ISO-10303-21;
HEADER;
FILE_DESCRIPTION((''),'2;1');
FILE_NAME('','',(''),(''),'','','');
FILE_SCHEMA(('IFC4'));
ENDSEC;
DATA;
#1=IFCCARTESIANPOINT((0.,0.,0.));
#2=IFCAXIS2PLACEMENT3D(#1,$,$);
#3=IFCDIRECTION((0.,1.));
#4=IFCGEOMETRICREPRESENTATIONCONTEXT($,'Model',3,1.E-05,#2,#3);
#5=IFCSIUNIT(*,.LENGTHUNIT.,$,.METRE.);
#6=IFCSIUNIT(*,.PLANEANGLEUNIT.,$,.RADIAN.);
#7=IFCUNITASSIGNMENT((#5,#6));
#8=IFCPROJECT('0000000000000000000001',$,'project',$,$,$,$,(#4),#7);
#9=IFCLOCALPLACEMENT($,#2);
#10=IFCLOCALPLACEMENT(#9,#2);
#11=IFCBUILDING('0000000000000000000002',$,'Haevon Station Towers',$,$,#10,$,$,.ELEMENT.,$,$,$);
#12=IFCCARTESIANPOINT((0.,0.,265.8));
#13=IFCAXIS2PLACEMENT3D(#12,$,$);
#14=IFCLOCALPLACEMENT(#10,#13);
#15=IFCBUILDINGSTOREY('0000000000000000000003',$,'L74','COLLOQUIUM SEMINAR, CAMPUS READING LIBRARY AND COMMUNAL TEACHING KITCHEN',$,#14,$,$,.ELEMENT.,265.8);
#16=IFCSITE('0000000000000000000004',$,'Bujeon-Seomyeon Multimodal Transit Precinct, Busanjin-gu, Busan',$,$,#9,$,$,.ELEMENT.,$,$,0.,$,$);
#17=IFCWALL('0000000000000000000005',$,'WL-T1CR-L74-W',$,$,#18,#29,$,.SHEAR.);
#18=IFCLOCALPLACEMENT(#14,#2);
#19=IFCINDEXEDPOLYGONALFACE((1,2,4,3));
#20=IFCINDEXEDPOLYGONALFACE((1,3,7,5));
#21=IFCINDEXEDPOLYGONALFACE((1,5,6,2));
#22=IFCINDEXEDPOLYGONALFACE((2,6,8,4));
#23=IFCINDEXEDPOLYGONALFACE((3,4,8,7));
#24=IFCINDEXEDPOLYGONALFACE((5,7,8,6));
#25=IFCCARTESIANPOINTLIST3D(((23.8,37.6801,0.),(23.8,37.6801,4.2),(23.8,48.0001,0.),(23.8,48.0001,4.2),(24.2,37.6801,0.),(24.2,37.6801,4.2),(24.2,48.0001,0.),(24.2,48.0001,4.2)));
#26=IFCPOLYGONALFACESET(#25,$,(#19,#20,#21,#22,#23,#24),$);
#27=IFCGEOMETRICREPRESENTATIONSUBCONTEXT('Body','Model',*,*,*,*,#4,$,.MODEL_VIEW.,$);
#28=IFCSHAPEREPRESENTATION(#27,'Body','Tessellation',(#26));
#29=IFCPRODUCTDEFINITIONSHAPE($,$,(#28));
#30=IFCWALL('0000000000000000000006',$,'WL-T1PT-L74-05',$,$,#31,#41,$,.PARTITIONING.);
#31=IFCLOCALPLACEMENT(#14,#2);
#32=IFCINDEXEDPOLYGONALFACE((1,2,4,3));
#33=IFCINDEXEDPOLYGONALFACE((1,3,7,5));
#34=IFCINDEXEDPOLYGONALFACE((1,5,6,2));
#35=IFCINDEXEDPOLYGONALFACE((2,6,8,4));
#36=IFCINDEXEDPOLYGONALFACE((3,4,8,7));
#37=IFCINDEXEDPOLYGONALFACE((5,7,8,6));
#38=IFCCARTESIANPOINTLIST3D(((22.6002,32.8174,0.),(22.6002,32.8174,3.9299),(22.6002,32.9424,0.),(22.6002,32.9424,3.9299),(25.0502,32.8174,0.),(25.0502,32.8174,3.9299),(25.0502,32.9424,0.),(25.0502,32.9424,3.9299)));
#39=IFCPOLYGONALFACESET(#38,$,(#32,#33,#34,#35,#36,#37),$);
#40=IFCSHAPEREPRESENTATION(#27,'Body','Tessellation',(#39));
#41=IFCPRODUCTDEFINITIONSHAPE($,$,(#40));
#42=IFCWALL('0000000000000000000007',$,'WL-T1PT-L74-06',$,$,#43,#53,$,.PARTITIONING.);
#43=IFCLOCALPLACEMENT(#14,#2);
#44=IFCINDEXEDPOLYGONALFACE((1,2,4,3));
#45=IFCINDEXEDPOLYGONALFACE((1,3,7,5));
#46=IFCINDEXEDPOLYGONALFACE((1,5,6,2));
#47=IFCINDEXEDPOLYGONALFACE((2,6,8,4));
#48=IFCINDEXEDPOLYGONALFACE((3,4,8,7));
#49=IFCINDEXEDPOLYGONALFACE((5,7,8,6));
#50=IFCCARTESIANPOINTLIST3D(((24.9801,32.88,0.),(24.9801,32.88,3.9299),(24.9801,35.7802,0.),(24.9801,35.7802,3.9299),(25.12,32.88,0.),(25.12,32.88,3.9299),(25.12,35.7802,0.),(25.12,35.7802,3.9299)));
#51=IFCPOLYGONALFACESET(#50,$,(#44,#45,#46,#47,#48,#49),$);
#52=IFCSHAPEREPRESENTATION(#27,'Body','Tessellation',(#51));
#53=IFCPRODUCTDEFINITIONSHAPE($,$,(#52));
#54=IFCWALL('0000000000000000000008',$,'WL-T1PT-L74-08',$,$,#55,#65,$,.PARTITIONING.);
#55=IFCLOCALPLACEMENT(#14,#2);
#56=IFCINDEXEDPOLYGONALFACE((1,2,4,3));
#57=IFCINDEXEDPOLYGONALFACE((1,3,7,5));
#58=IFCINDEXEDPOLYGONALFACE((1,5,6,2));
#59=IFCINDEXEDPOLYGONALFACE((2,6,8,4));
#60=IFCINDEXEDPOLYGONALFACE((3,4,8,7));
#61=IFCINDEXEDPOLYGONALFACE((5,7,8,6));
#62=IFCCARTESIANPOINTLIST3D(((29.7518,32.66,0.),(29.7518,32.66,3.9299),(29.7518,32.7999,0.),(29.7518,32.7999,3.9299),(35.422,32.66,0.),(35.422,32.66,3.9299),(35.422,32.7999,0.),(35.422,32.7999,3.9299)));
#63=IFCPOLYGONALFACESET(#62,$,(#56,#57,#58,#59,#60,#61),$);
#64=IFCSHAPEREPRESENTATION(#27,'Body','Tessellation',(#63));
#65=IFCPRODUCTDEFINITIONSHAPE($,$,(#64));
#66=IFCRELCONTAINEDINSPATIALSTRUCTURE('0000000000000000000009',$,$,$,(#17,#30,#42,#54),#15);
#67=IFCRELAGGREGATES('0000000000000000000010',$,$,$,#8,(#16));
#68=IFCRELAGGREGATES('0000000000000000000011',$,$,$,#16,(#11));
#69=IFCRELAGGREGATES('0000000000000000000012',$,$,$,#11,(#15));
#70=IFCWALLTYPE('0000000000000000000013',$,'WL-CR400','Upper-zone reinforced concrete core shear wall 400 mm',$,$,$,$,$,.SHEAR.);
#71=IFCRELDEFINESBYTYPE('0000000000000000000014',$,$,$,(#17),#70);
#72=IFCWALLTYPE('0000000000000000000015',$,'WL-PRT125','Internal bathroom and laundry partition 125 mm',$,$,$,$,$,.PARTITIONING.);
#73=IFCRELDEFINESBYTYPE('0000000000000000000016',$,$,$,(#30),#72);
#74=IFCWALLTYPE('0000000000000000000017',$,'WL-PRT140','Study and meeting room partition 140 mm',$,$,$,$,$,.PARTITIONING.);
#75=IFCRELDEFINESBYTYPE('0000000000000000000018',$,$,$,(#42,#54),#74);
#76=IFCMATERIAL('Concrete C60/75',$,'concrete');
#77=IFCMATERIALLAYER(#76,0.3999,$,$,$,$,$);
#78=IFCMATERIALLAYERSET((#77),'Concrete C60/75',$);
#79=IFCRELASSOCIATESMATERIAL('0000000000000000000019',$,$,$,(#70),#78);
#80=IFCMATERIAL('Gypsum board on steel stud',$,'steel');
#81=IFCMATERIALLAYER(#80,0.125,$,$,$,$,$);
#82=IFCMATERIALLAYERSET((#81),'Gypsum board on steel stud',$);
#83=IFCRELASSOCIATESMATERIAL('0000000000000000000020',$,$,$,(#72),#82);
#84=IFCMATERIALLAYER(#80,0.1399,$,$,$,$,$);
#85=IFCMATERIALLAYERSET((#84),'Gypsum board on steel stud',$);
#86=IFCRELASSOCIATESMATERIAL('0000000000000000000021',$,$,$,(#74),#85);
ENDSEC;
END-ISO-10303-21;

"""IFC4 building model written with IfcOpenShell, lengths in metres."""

from ifc_helpers import new_model, si_unit, direction, frame, frame_2d, origin, place, context, subcontext, project, spatial, rectangle, extrude, material, layer, layer_set, type_object, element, save


model = new_model("IFC4")

# Units and contexts
model_context = context("Model", 3, precision=1e-05, world=origin(), true_north=direction((0.0, 1.0)))
body_context = subcontext(model_context, "Body", "Model", "MODEL_VIEW")
ifc_project = project(units=[si_unit("LENGTHUNIT", "METRE"), si_unit("PLANEANGLEUNIT", "RADIAN")], contexts=[model_context])

# Site, building, storey
site_placement = place(None, origin())
site = spatial("IfcSite", under=ifc_project, at=site_placement, Name="Bujeon-Seomyeon Multimodal Transit Precinct, Busanjin-gu, Busan", CompositionType="ELEMENT", RefElevation=0.0)
building_placement = place(site_placement, origin())
building = spatial("IfcBuilding", under=site, at=building_placement, Name="Haevon Station Towers", CompositionType="ELEMENT")
storey_placement = place(building_placement, frame((0.0, 0.0, 265.8)))
storey = spatial("IfcBuildingStorey", under=building, at=storey_placement, Name="L74", Description="COLLOQUIUM SEMINAR, CAMPUS READING LIBRARY AND COMMUNAL TEACHING KITCHEN", CompositionType="ELEMENT", Elevation=265.8)

# Walls
ifc_material_1 = material(Name="Concrete C60/75", Category="concrete")
ifc_layer_1 = layer(ifc_material_1, 0.3999)
ifc_layer_set_1 = layer_set([ifc_layer_1], Name="Concrete C60/75")
wall_type_1 = type_object("IfcWallType", Name="WL-CR400", Description="Upper-zone reinforced concrete core shear wall 400 mm", PredefinedType="SHEAR", material=ifc_layer_set_1)
wall_1_placement = place(storey_placement, frame((24.0, 37.6799, 0.0), z_axis=(0.0, 0.0, 1.0), x_axis=(0.0, 1.0, 0.0)))
element("IfcWall", 1, at=wall_1_placement, inside=storey, type_object=wall_type_1, Name="WL-T1CR-L74-W", PredefinedType="SHEAR", context=body_context, shape_type="SweptSolid", body=[
    extrude(rectangle(XDim=10.3201, YDim=0.3999, at=frame_2d((5.1602, 0.0))), origin(), (0.0, 0.0, 1.0), 4.2),
])
ifc_material_2 = material(Name="Gypsum board on steel stud", Category="steel")
ifc_layer_2 = layer(ifc_material_2, 0.125)
ifc_layer_set_2 = layer_set([ifc_layer_2], Name="Gypsum board on steel stud")
wall_type_2 = type_object("IfcWallType", Name="WL-PRT125", Description="Internal bathroom and laundry partition 125 mm", PredefinedType="PARTITIONING", material=ifc_layer_set_2)
wall_2_placement = place(storey_placement, frame((22.6001, 32.8799, 0.0), z_axis=(0.0, 0.0, 1.0), x_axis=(1.0, 0.0, 0.0)))
element("IfcWall", 2, at=wall_2_placement, inside=storey, type_object=wall_type_2, Name="WL-T1PT-L74-05", PredefinedType="PARTITIONING", context=body_context, shape_type="SweptSolid", body=[
    extrude(rectangle(XDim=2.45, YDim=0.125, at=frame_2d((1.2251, 0.0))), origin(), (0.0, 0.0, 1.0), 3.9299),
])
ifc_layer_3 = layer(ifc_material_2, 0.1399)
ifc_layer_set_3 = layer_set([ifc_layer_3], Name="Gypsum board on steel stud")
wall_type_3 = type_object("IfcWallType", Name="WL-PRT140", Description="Study and meeting room partition 140 mm", PredefinedType="PARTITIONING", material=ifc_layer_set_3)
wall_3_placement = place(storey_placement, frame((25.05, 32.8799, 0.0), z_axis=(0.0, 0.0, 1.0), x_axis=(0.0, 1.0, 0.0)))
element("IfcWall", 3, at=wall_3_placement, inside=storey, type_object=wall_type_3, Name="WL-T1PT-L74-06", PredefinedType="PARTITIONING", context=body_context, shape_type="SweptSolid", body=[
    extrude(rectangle(XDim=2.9001, YDim=0.1399, at=frame_2d((1.4502, 0.0))), origin(), (0.0, 0.0, 1.0), 3.9299),
])
wall_4_placement = place(storey_placement, frame((29.752, 32.73, 0.0), z_axis=(0.0, 0.0, 1.0), x_axis=(1.0, 0.0, 0.0)))
element("IfcWall", 4, at=wall_4_placement, inside=storey, type_object=wall_type_3, Name="WL-T1PT-L74-08", PredefinedType="PARTITIONING", context=body_context, shape_type="SweptSolid", body=[
    extrude(rectangle(XDim=5.6702, YDim=0.1399, at=frame_2d((2.835, 0.0))), origin(), (0.0, 0.0, 1.0), 3.9299),
])

save(model, "model.ifc")
